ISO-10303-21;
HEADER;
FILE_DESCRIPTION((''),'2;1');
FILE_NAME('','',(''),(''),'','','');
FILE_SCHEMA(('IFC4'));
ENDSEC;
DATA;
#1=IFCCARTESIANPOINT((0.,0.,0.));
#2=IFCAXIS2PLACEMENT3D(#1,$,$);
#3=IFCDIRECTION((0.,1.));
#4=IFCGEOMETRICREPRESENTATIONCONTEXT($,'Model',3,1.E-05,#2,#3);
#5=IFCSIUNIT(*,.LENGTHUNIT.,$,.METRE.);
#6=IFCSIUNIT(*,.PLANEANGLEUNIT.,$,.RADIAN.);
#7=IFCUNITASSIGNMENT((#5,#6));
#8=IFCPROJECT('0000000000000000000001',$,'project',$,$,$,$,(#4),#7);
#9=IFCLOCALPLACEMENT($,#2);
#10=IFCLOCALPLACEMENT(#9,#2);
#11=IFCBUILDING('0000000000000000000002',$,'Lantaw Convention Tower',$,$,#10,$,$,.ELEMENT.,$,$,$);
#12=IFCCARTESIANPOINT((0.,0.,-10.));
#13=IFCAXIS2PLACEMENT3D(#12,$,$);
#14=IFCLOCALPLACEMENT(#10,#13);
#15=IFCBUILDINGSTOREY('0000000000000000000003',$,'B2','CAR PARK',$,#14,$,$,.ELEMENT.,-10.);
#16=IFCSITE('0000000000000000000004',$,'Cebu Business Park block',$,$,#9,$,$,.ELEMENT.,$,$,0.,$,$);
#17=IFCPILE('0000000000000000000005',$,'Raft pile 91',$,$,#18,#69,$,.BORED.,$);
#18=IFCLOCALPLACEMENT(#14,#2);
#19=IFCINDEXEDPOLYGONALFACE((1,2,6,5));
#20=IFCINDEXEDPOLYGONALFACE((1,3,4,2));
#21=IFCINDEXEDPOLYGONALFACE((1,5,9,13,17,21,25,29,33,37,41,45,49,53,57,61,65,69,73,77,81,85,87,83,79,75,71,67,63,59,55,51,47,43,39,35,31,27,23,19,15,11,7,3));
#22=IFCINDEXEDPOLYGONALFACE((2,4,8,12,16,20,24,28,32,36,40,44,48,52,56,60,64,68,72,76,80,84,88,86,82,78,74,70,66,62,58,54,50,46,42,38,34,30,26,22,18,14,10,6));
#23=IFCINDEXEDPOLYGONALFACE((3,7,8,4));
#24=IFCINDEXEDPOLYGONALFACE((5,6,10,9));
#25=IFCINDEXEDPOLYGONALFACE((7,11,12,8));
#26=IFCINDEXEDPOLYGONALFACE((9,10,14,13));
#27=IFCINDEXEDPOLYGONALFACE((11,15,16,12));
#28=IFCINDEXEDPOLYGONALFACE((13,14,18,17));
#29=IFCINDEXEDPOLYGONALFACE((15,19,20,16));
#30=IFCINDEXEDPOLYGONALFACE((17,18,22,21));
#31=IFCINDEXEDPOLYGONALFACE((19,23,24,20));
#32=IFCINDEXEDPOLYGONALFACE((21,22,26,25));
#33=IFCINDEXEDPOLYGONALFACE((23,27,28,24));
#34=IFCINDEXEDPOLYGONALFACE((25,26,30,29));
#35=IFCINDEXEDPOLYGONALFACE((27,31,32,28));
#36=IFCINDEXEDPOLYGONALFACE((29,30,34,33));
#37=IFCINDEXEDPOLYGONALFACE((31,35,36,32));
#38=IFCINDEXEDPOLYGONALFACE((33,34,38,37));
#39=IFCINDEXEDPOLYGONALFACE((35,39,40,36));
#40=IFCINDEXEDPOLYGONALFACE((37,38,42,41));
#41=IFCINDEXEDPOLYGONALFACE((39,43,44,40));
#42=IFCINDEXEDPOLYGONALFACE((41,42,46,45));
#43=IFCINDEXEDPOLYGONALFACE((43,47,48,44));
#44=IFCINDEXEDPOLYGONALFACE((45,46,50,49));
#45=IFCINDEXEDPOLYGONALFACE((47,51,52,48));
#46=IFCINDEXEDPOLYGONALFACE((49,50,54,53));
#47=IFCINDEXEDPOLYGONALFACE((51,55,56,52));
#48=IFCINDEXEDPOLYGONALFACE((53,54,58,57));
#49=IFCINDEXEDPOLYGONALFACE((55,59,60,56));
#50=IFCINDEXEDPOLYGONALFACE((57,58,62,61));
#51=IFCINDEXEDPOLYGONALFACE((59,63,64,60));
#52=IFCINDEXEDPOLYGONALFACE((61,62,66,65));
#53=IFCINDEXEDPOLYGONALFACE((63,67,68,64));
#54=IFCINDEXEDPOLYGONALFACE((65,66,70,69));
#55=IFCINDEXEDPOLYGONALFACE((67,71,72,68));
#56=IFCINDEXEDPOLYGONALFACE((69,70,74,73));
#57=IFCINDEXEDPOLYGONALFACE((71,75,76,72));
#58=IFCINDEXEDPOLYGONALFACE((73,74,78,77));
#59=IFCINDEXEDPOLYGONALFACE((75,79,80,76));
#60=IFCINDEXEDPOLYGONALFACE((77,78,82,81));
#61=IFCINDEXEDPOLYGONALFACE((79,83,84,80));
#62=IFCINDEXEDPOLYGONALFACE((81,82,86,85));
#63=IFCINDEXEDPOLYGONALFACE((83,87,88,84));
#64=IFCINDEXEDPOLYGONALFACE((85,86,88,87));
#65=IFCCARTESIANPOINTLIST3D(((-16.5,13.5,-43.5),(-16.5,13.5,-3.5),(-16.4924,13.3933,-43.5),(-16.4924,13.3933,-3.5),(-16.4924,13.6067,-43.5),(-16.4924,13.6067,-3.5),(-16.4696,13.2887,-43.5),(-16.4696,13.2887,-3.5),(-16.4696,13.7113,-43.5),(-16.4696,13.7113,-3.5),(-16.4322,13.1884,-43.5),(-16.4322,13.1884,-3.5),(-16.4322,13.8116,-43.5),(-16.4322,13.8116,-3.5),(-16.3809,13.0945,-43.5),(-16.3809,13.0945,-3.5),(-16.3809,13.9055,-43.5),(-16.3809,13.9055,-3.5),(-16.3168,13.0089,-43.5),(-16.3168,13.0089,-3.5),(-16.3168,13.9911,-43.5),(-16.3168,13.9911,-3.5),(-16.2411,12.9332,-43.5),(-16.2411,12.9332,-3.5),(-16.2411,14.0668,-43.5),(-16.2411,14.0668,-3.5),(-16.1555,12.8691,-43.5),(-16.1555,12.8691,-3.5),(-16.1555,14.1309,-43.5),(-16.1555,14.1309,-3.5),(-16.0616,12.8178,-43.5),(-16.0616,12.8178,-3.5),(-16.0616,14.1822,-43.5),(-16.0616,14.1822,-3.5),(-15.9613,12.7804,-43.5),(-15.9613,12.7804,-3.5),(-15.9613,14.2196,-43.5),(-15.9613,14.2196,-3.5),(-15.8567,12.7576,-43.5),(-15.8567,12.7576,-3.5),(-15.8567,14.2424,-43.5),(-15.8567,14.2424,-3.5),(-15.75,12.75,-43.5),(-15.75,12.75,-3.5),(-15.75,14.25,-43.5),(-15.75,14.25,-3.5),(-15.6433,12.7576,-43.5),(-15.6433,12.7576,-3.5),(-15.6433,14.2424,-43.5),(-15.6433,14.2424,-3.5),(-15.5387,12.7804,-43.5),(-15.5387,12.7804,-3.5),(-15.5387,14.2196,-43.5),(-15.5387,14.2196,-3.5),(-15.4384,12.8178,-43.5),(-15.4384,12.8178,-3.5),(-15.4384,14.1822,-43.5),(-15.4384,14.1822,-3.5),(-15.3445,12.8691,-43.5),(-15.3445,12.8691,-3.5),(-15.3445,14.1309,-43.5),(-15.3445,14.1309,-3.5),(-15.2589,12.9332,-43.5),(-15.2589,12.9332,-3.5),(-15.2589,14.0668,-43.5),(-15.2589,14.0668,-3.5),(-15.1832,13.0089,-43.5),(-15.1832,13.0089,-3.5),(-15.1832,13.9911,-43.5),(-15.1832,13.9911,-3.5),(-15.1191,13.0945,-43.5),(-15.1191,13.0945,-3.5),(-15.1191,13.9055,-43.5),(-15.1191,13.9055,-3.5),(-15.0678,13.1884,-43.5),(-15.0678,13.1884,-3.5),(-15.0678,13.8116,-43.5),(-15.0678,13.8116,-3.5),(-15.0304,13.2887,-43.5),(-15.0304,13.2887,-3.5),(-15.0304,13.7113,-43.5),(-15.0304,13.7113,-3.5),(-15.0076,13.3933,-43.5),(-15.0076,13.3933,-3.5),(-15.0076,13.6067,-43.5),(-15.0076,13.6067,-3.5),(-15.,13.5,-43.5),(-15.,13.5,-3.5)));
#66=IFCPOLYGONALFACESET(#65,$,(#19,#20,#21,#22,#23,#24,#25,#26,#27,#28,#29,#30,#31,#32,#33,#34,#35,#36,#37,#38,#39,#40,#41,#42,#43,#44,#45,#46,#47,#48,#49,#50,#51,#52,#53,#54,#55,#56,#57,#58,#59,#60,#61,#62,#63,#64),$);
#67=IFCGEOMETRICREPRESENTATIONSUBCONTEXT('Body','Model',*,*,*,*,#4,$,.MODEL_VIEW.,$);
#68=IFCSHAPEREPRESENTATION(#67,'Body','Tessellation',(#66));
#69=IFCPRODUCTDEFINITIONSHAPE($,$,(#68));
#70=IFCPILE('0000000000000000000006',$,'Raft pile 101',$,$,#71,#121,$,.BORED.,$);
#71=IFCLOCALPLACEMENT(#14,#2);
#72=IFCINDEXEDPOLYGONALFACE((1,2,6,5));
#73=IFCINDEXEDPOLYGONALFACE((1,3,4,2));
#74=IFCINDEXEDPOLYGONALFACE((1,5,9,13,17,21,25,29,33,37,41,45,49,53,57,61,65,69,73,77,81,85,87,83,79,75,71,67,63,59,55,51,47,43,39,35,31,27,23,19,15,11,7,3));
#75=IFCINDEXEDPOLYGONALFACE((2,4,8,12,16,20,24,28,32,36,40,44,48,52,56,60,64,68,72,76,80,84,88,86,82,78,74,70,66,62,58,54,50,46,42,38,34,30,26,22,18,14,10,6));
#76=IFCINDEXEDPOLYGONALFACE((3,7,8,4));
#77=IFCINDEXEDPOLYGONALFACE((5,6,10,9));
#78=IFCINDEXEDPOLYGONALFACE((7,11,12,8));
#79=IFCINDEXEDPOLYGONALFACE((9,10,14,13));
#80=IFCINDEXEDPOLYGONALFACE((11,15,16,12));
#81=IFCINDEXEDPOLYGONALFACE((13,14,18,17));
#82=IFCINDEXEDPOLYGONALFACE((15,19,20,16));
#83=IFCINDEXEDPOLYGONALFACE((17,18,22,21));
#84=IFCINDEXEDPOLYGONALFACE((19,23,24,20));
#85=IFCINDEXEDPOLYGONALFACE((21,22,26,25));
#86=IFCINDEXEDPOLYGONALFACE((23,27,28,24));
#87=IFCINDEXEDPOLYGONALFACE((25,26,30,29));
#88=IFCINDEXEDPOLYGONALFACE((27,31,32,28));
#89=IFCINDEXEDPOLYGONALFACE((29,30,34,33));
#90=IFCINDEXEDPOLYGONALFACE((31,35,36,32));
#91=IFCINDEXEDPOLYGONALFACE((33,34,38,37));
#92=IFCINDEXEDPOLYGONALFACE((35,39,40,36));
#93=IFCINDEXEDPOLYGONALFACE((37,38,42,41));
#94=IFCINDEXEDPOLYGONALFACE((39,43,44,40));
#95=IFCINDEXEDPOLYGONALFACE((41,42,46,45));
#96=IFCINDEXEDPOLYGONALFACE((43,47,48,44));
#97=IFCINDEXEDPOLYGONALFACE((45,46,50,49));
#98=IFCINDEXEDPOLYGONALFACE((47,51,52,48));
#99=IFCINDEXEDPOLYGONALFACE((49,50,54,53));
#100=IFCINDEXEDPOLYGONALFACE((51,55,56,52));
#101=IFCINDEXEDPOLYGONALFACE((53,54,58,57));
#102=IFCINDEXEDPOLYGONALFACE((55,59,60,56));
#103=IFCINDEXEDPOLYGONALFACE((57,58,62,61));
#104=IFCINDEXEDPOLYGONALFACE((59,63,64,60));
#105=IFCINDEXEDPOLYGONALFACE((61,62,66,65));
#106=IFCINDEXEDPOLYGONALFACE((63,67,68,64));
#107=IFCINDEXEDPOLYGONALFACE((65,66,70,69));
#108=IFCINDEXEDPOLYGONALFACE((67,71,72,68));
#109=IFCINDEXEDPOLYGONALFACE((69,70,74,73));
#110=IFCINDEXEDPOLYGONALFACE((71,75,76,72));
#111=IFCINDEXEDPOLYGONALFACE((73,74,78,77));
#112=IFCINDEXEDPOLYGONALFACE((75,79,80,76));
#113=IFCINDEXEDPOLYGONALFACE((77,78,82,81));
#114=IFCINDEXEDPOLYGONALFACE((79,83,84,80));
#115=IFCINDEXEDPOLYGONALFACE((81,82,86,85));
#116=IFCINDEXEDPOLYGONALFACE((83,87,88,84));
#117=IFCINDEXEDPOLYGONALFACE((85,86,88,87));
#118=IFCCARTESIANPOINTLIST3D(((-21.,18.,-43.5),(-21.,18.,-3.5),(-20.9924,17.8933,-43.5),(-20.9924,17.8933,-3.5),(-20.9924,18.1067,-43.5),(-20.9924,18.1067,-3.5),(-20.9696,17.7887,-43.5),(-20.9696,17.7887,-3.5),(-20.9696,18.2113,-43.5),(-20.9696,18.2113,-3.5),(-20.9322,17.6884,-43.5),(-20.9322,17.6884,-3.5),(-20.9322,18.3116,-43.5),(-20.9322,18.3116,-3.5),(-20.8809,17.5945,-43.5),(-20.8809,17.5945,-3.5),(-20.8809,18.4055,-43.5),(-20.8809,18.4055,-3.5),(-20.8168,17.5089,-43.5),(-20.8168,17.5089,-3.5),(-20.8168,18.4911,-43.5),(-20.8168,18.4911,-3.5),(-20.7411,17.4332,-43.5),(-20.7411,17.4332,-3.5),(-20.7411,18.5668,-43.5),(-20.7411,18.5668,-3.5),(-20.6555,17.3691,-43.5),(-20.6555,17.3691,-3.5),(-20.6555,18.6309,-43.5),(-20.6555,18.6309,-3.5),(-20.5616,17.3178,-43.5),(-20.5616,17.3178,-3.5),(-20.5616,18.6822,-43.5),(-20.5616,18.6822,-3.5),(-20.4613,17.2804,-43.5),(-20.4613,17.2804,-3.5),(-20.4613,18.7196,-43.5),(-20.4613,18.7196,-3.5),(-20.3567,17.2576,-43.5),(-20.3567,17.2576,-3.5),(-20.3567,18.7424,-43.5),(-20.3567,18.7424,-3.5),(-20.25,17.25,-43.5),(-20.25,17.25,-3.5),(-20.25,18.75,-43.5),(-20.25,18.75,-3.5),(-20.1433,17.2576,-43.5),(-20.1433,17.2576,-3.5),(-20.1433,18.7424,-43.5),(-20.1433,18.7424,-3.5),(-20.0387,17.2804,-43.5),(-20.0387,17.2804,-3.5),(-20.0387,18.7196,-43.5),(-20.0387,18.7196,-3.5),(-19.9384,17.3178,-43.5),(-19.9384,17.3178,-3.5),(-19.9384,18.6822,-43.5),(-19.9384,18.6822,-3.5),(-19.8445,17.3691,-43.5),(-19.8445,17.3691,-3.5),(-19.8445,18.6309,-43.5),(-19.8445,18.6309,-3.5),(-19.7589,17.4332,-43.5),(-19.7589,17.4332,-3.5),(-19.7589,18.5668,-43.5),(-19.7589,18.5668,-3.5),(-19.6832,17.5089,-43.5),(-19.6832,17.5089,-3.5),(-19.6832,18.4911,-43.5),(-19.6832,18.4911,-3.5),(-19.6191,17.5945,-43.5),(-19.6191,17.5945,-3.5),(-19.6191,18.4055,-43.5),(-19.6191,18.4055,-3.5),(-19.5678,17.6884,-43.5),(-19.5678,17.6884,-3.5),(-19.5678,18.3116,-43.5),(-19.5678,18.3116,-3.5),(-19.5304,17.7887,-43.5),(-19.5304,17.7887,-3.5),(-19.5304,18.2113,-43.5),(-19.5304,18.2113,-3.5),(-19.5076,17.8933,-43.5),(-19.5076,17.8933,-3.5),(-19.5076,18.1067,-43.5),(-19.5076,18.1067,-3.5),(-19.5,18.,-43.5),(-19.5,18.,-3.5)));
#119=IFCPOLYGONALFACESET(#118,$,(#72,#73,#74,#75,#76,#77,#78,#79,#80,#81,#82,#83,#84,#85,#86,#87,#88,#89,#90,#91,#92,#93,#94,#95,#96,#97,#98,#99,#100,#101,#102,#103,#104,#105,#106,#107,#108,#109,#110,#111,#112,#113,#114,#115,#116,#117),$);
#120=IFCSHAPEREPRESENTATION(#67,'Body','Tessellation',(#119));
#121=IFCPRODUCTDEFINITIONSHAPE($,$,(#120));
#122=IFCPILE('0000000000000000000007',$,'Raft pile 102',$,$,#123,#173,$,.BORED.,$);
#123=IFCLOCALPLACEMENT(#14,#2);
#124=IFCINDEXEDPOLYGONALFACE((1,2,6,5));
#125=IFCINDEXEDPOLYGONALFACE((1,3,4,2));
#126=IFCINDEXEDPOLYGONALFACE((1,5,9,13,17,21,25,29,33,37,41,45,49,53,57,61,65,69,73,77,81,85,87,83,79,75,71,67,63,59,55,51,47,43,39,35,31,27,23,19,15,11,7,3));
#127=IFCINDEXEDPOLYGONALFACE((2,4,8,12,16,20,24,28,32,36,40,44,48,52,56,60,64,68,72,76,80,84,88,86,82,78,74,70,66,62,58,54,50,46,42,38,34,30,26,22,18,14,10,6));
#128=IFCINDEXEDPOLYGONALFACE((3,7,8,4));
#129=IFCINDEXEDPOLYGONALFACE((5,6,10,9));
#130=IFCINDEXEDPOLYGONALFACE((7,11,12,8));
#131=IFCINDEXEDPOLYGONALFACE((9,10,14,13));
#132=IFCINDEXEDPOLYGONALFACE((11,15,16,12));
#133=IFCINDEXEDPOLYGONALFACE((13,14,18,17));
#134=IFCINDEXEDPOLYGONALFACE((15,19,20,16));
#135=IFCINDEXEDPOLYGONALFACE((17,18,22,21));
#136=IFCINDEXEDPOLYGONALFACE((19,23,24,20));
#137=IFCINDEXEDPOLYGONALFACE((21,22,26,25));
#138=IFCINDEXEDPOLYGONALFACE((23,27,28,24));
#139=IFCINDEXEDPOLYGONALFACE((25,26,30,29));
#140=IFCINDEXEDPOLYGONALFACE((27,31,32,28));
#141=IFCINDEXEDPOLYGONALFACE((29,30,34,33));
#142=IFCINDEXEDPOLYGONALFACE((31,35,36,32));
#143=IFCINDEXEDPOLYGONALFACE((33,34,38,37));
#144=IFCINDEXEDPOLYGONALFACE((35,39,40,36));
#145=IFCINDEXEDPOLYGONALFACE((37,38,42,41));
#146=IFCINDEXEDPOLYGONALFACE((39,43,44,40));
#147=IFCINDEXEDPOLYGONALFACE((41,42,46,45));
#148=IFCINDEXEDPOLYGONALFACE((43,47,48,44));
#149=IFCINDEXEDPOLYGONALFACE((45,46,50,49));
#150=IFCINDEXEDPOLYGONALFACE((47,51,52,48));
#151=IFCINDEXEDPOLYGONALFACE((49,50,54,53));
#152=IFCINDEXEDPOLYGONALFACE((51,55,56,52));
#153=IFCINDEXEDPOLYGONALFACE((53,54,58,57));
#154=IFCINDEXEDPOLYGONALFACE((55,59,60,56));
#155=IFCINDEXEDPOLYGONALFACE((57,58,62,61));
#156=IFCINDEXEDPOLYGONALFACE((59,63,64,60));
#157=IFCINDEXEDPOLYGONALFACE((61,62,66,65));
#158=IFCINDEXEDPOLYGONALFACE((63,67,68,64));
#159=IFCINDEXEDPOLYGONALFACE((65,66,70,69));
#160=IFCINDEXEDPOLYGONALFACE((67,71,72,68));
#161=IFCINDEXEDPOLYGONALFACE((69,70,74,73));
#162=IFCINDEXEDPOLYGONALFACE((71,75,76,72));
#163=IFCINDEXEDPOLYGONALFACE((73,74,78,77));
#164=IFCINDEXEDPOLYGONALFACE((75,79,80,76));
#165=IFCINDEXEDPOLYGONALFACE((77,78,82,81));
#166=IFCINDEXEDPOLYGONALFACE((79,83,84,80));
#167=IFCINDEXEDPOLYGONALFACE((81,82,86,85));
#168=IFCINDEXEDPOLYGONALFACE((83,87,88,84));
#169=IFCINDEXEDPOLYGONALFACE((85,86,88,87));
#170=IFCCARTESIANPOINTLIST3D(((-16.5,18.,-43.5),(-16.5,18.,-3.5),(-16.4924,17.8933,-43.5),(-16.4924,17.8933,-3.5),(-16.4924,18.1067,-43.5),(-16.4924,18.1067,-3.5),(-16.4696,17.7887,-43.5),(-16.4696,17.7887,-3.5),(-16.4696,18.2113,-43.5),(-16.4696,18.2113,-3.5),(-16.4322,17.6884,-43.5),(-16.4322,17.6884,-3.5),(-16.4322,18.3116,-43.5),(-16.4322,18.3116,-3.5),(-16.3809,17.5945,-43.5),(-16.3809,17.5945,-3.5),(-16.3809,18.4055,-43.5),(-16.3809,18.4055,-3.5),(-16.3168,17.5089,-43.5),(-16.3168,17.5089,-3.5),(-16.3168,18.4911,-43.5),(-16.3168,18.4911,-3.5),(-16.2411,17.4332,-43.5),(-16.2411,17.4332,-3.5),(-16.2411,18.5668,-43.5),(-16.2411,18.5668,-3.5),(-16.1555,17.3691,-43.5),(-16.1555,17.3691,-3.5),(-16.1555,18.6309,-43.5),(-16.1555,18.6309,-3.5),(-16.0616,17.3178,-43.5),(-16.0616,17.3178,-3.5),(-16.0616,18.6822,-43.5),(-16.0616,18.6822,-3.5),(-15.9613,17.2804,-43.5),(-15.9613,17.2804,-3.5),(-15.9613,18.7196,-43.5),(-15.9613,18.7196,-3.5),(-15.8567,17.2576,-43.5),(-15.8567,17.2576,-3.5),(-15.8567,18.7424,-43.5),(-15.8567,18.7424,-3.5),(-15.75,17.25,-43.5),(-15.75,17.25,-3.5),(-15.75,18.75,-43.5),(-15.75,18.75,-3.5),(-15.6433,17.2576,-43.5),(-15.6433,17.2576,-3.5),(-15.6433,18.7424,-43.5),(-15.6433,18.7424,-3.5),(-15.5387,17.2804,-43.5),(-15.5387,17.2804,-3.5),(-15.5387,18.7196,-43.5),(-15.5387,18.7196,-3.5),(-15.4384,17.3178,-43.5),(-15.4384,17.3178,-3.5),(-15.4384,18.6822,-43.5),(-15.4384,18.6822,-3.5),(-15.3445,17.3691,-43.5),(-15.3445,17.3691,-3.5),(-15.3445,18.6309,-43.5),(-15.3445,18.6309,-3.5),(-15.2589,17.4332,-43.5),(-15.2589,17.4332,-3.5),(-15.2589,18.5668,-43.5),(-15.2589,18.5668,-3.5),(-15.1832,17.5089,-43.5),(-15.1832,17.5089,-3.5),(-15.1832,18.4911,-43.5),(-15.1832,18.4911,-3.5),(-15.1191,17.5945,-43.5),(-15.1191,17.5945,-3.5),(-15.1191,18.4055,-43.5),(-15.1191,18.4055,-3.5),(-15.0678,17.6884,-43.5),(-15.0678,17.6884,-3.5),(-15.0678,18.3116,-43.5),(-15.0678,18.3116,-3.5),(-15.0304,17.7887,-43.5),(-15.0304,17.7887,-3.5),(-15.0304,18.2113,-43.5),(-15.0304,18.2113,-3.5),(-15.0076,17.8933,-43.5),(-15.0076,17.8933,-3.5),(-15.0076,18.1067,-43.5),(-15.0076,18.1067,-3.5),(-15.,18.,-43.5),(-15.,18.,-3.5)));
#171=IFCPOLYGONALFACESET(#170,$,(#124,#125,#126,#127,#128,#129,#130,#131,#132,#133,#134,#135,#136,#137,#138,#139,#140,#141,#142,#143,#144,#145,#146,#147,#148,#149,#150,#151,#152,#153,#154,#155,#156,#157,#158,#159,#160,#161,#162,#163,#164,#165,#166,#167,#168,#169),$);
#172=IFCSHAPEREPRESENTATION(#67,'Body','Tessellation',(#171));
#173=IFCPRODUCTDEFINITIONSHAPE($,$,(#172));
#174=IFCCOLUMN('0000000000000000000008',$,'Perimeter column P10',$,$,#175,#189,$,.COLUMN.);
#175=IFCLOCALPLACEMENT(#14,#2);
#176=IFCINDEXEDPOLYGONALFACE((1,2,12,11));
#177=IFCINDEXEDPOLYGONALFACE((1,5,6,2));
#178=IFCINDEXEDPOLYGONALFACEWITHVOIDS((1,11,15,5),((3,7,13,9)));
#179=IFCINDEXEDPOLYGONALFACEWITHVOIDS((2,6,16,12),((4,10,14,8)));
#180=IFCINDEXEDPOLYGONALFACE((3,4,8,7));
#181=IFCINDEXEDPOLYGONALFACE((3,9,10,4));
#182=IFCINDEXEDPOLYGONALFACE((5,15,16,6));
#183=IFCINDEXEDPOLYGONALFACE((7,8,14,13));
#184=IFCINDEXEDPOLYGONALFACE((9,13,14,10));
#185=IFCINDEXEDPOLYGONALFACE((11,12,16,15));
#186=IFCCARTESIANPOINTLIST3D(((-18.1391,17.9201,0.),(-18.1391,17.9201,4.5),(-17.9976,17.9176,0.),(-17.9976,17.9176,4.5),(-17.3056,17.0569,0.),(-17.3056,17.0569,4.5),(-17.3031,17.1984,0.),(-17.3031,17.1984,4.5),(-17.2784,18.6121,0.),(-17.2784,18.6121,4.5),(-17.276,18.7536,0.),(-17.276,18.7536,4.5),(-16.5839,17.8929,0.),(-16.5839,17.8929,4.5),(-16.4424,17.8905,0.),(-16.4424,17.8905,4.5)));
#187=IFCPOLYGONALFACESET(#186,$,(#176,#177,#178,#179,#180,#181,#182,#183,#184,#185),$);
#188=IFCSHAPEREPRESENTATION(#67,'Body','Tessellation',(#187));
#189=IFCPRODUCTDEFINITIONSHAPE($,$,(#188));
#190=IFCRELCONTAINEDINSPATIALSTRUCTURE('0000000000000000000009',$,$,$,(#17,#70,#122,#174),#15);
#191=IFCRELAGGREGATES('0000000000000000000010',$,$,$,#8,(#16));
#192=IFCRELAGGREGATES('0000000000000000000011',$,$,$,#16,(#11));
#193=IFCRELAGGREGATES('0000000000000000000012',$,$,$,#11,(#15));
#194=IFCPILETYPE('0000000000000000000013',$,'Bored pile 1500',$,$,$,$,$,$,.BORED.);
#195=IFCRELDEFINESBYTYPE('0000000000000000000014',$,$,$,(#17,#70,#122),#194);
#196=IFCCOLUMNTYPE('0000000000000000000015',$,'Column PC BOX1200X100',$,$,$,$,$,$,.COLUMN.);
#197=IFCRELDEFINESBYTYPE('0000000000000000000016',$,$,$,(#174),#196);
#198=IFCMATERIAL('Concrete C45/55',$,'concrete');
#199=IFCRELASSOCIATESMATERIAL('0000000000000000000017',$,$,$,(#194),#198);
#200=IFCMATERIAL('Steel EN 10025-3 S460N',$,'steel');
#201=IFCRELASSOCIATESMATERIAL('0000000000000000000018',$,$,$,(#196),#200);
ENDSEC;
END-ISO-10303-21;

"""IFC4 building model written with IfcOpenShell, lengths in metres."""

from ifc_helpers import new_model, si_unit, direction, frame, origin, origin_2d, place, context, subcontext, project, spatial, rectangle, hollow_rectangle, circle, extrude, material, material_profile, profile_set, type_object, element, save


model = new_model("IFC4")

# Units and contexts
model_context = context("Model", 3, precision=1e-05, world=origin(), true_north=direction((0.0, 1.0)))
body_context = subcontext(model_context, "Body", "Model", "MODEL_VIEW")
ifc_project = project(units=[si_unit("LENGTHUNIT", "METRE"), si_unit("PLANEANGLEUNIT", "RADIAN")], contexts=[model_context])

# Site, building, storey
site_placement = place(None, origin())
site = spatial("IfcSite", under=ifc_project, at=site_placement, Name="Cebu Business Park block", CompositionType="ELEMENT", RefElevation=0.0)
building_placement = place(site_placement, origin())
building = spatial("IfcBuilding", under=site, at=building_placement, Name="Lantaw Convention Tower", CompositionType="ELEMENT")
storey_placement = place(building_placement, frame((0.0, 0.0, -10.0)))
storey = spatial("IfcBuildingStorey", under=building, at=storey_placement, Name="B2", Description="CAR PARK", CompositionType="ELEMENT", Elevation=-10.0)

# Piles
ifc_material_1 = material(Name="Concrete C45/55", Category="concrete")
ifc_material_profile_1 = material_profile(ifc_material_1, circle(Radius=0.75, at=origin_2d()), Name="Bored pile 1500")
ifc_profile_set_1 = profile_set([ifc_material_profile_1], Name="Concrete C45/55")
pile_type_1 = type_object("IfcPileType", Name="Bored pile 1500", PredefinedType="BORED", material=ifc_profile_set_1)
for number, where, z_axis, x_axis, name in (
    (1, (-15.75, 13.5, -3.5), (0.0, 0.0, -1.0), (1.0, 0.0, 0.0), "Raft pile 91"),
    (2, (-20.25, 18.0, -3.5), (0.0, 0.0, -1.0), (1.0, 0.0, 0.0), "Raft pile 101"),
    (3, (-15.75, 18.0, -3.5), (0.0, 0.0, -1.0), (1.0, 0.0, 0.0), "Raft pile 102"),
):
    element("IfcPile", number, at=place(storey_placement, frame(where, z_axis=z_axis, x_axis=x_axis)), inside=storey, type_object=pile_type_1, Name=name, PredefinedType="BORED", context=body_context, shape_type="SweptSolid", body=[
        extrude(circle(Radius=0.75, at=origin_2d()), origin(), (0.0, 0.0, 1.0), 40.0),
    ])

# Column
ifc_material_2 = material(Name="Steel EN 10025-3 S460N", Category="steel")
ifc_material_profile_2 = material_profile(ifc_material_2, hollow_rectangle(XDim=1.2, YDim=1.2, WallThickness=0.1001, at=origin_2d()), Name="BOX1200X100")
ifc_material_3 = material(Name="Concrete C60/75", Category="concrete")
ifc_material_profile_3 = material_profile(ifc_material_3, rectangle(XDim=1.0, YDim=1.0, at=origin_2d()), Name="Concrete fill of BOX1200X100")
ifc_profile_set_2 = profile_set([ifc_material_profile_2, ifc_material_profile_3], Name="Steel EN 10025-3 S460N")
column_type_1 = type_object("IfcColumnType", Name="Column PC BOX1200X100", PredefinedType="COLUMN", material=ifc_profile_set_2)
column_1_placement = place(storey_placement, frame((-17.2908, 17.9053, 0.0), z_axis=(0.0, 0.0, 1.0), x_axis=(0.71934, 0.694658, 0.0)))
element("IfcColumn", 4, at=column_1_placement, inside=storey, type_object=column_type_1, Name="Perimeter column P10", PredefinedType="COLUMN", context=body_context, shape_type="SweptSolid", body=[
    extrude(hollow_rectangle(XDim=1.2, YDim=1.2, WallThickness=0.1001, at=origin_2d()), origin(), (0.0, 0.0, 1.0), 4.5),
])

save(model, "model.ifc")
